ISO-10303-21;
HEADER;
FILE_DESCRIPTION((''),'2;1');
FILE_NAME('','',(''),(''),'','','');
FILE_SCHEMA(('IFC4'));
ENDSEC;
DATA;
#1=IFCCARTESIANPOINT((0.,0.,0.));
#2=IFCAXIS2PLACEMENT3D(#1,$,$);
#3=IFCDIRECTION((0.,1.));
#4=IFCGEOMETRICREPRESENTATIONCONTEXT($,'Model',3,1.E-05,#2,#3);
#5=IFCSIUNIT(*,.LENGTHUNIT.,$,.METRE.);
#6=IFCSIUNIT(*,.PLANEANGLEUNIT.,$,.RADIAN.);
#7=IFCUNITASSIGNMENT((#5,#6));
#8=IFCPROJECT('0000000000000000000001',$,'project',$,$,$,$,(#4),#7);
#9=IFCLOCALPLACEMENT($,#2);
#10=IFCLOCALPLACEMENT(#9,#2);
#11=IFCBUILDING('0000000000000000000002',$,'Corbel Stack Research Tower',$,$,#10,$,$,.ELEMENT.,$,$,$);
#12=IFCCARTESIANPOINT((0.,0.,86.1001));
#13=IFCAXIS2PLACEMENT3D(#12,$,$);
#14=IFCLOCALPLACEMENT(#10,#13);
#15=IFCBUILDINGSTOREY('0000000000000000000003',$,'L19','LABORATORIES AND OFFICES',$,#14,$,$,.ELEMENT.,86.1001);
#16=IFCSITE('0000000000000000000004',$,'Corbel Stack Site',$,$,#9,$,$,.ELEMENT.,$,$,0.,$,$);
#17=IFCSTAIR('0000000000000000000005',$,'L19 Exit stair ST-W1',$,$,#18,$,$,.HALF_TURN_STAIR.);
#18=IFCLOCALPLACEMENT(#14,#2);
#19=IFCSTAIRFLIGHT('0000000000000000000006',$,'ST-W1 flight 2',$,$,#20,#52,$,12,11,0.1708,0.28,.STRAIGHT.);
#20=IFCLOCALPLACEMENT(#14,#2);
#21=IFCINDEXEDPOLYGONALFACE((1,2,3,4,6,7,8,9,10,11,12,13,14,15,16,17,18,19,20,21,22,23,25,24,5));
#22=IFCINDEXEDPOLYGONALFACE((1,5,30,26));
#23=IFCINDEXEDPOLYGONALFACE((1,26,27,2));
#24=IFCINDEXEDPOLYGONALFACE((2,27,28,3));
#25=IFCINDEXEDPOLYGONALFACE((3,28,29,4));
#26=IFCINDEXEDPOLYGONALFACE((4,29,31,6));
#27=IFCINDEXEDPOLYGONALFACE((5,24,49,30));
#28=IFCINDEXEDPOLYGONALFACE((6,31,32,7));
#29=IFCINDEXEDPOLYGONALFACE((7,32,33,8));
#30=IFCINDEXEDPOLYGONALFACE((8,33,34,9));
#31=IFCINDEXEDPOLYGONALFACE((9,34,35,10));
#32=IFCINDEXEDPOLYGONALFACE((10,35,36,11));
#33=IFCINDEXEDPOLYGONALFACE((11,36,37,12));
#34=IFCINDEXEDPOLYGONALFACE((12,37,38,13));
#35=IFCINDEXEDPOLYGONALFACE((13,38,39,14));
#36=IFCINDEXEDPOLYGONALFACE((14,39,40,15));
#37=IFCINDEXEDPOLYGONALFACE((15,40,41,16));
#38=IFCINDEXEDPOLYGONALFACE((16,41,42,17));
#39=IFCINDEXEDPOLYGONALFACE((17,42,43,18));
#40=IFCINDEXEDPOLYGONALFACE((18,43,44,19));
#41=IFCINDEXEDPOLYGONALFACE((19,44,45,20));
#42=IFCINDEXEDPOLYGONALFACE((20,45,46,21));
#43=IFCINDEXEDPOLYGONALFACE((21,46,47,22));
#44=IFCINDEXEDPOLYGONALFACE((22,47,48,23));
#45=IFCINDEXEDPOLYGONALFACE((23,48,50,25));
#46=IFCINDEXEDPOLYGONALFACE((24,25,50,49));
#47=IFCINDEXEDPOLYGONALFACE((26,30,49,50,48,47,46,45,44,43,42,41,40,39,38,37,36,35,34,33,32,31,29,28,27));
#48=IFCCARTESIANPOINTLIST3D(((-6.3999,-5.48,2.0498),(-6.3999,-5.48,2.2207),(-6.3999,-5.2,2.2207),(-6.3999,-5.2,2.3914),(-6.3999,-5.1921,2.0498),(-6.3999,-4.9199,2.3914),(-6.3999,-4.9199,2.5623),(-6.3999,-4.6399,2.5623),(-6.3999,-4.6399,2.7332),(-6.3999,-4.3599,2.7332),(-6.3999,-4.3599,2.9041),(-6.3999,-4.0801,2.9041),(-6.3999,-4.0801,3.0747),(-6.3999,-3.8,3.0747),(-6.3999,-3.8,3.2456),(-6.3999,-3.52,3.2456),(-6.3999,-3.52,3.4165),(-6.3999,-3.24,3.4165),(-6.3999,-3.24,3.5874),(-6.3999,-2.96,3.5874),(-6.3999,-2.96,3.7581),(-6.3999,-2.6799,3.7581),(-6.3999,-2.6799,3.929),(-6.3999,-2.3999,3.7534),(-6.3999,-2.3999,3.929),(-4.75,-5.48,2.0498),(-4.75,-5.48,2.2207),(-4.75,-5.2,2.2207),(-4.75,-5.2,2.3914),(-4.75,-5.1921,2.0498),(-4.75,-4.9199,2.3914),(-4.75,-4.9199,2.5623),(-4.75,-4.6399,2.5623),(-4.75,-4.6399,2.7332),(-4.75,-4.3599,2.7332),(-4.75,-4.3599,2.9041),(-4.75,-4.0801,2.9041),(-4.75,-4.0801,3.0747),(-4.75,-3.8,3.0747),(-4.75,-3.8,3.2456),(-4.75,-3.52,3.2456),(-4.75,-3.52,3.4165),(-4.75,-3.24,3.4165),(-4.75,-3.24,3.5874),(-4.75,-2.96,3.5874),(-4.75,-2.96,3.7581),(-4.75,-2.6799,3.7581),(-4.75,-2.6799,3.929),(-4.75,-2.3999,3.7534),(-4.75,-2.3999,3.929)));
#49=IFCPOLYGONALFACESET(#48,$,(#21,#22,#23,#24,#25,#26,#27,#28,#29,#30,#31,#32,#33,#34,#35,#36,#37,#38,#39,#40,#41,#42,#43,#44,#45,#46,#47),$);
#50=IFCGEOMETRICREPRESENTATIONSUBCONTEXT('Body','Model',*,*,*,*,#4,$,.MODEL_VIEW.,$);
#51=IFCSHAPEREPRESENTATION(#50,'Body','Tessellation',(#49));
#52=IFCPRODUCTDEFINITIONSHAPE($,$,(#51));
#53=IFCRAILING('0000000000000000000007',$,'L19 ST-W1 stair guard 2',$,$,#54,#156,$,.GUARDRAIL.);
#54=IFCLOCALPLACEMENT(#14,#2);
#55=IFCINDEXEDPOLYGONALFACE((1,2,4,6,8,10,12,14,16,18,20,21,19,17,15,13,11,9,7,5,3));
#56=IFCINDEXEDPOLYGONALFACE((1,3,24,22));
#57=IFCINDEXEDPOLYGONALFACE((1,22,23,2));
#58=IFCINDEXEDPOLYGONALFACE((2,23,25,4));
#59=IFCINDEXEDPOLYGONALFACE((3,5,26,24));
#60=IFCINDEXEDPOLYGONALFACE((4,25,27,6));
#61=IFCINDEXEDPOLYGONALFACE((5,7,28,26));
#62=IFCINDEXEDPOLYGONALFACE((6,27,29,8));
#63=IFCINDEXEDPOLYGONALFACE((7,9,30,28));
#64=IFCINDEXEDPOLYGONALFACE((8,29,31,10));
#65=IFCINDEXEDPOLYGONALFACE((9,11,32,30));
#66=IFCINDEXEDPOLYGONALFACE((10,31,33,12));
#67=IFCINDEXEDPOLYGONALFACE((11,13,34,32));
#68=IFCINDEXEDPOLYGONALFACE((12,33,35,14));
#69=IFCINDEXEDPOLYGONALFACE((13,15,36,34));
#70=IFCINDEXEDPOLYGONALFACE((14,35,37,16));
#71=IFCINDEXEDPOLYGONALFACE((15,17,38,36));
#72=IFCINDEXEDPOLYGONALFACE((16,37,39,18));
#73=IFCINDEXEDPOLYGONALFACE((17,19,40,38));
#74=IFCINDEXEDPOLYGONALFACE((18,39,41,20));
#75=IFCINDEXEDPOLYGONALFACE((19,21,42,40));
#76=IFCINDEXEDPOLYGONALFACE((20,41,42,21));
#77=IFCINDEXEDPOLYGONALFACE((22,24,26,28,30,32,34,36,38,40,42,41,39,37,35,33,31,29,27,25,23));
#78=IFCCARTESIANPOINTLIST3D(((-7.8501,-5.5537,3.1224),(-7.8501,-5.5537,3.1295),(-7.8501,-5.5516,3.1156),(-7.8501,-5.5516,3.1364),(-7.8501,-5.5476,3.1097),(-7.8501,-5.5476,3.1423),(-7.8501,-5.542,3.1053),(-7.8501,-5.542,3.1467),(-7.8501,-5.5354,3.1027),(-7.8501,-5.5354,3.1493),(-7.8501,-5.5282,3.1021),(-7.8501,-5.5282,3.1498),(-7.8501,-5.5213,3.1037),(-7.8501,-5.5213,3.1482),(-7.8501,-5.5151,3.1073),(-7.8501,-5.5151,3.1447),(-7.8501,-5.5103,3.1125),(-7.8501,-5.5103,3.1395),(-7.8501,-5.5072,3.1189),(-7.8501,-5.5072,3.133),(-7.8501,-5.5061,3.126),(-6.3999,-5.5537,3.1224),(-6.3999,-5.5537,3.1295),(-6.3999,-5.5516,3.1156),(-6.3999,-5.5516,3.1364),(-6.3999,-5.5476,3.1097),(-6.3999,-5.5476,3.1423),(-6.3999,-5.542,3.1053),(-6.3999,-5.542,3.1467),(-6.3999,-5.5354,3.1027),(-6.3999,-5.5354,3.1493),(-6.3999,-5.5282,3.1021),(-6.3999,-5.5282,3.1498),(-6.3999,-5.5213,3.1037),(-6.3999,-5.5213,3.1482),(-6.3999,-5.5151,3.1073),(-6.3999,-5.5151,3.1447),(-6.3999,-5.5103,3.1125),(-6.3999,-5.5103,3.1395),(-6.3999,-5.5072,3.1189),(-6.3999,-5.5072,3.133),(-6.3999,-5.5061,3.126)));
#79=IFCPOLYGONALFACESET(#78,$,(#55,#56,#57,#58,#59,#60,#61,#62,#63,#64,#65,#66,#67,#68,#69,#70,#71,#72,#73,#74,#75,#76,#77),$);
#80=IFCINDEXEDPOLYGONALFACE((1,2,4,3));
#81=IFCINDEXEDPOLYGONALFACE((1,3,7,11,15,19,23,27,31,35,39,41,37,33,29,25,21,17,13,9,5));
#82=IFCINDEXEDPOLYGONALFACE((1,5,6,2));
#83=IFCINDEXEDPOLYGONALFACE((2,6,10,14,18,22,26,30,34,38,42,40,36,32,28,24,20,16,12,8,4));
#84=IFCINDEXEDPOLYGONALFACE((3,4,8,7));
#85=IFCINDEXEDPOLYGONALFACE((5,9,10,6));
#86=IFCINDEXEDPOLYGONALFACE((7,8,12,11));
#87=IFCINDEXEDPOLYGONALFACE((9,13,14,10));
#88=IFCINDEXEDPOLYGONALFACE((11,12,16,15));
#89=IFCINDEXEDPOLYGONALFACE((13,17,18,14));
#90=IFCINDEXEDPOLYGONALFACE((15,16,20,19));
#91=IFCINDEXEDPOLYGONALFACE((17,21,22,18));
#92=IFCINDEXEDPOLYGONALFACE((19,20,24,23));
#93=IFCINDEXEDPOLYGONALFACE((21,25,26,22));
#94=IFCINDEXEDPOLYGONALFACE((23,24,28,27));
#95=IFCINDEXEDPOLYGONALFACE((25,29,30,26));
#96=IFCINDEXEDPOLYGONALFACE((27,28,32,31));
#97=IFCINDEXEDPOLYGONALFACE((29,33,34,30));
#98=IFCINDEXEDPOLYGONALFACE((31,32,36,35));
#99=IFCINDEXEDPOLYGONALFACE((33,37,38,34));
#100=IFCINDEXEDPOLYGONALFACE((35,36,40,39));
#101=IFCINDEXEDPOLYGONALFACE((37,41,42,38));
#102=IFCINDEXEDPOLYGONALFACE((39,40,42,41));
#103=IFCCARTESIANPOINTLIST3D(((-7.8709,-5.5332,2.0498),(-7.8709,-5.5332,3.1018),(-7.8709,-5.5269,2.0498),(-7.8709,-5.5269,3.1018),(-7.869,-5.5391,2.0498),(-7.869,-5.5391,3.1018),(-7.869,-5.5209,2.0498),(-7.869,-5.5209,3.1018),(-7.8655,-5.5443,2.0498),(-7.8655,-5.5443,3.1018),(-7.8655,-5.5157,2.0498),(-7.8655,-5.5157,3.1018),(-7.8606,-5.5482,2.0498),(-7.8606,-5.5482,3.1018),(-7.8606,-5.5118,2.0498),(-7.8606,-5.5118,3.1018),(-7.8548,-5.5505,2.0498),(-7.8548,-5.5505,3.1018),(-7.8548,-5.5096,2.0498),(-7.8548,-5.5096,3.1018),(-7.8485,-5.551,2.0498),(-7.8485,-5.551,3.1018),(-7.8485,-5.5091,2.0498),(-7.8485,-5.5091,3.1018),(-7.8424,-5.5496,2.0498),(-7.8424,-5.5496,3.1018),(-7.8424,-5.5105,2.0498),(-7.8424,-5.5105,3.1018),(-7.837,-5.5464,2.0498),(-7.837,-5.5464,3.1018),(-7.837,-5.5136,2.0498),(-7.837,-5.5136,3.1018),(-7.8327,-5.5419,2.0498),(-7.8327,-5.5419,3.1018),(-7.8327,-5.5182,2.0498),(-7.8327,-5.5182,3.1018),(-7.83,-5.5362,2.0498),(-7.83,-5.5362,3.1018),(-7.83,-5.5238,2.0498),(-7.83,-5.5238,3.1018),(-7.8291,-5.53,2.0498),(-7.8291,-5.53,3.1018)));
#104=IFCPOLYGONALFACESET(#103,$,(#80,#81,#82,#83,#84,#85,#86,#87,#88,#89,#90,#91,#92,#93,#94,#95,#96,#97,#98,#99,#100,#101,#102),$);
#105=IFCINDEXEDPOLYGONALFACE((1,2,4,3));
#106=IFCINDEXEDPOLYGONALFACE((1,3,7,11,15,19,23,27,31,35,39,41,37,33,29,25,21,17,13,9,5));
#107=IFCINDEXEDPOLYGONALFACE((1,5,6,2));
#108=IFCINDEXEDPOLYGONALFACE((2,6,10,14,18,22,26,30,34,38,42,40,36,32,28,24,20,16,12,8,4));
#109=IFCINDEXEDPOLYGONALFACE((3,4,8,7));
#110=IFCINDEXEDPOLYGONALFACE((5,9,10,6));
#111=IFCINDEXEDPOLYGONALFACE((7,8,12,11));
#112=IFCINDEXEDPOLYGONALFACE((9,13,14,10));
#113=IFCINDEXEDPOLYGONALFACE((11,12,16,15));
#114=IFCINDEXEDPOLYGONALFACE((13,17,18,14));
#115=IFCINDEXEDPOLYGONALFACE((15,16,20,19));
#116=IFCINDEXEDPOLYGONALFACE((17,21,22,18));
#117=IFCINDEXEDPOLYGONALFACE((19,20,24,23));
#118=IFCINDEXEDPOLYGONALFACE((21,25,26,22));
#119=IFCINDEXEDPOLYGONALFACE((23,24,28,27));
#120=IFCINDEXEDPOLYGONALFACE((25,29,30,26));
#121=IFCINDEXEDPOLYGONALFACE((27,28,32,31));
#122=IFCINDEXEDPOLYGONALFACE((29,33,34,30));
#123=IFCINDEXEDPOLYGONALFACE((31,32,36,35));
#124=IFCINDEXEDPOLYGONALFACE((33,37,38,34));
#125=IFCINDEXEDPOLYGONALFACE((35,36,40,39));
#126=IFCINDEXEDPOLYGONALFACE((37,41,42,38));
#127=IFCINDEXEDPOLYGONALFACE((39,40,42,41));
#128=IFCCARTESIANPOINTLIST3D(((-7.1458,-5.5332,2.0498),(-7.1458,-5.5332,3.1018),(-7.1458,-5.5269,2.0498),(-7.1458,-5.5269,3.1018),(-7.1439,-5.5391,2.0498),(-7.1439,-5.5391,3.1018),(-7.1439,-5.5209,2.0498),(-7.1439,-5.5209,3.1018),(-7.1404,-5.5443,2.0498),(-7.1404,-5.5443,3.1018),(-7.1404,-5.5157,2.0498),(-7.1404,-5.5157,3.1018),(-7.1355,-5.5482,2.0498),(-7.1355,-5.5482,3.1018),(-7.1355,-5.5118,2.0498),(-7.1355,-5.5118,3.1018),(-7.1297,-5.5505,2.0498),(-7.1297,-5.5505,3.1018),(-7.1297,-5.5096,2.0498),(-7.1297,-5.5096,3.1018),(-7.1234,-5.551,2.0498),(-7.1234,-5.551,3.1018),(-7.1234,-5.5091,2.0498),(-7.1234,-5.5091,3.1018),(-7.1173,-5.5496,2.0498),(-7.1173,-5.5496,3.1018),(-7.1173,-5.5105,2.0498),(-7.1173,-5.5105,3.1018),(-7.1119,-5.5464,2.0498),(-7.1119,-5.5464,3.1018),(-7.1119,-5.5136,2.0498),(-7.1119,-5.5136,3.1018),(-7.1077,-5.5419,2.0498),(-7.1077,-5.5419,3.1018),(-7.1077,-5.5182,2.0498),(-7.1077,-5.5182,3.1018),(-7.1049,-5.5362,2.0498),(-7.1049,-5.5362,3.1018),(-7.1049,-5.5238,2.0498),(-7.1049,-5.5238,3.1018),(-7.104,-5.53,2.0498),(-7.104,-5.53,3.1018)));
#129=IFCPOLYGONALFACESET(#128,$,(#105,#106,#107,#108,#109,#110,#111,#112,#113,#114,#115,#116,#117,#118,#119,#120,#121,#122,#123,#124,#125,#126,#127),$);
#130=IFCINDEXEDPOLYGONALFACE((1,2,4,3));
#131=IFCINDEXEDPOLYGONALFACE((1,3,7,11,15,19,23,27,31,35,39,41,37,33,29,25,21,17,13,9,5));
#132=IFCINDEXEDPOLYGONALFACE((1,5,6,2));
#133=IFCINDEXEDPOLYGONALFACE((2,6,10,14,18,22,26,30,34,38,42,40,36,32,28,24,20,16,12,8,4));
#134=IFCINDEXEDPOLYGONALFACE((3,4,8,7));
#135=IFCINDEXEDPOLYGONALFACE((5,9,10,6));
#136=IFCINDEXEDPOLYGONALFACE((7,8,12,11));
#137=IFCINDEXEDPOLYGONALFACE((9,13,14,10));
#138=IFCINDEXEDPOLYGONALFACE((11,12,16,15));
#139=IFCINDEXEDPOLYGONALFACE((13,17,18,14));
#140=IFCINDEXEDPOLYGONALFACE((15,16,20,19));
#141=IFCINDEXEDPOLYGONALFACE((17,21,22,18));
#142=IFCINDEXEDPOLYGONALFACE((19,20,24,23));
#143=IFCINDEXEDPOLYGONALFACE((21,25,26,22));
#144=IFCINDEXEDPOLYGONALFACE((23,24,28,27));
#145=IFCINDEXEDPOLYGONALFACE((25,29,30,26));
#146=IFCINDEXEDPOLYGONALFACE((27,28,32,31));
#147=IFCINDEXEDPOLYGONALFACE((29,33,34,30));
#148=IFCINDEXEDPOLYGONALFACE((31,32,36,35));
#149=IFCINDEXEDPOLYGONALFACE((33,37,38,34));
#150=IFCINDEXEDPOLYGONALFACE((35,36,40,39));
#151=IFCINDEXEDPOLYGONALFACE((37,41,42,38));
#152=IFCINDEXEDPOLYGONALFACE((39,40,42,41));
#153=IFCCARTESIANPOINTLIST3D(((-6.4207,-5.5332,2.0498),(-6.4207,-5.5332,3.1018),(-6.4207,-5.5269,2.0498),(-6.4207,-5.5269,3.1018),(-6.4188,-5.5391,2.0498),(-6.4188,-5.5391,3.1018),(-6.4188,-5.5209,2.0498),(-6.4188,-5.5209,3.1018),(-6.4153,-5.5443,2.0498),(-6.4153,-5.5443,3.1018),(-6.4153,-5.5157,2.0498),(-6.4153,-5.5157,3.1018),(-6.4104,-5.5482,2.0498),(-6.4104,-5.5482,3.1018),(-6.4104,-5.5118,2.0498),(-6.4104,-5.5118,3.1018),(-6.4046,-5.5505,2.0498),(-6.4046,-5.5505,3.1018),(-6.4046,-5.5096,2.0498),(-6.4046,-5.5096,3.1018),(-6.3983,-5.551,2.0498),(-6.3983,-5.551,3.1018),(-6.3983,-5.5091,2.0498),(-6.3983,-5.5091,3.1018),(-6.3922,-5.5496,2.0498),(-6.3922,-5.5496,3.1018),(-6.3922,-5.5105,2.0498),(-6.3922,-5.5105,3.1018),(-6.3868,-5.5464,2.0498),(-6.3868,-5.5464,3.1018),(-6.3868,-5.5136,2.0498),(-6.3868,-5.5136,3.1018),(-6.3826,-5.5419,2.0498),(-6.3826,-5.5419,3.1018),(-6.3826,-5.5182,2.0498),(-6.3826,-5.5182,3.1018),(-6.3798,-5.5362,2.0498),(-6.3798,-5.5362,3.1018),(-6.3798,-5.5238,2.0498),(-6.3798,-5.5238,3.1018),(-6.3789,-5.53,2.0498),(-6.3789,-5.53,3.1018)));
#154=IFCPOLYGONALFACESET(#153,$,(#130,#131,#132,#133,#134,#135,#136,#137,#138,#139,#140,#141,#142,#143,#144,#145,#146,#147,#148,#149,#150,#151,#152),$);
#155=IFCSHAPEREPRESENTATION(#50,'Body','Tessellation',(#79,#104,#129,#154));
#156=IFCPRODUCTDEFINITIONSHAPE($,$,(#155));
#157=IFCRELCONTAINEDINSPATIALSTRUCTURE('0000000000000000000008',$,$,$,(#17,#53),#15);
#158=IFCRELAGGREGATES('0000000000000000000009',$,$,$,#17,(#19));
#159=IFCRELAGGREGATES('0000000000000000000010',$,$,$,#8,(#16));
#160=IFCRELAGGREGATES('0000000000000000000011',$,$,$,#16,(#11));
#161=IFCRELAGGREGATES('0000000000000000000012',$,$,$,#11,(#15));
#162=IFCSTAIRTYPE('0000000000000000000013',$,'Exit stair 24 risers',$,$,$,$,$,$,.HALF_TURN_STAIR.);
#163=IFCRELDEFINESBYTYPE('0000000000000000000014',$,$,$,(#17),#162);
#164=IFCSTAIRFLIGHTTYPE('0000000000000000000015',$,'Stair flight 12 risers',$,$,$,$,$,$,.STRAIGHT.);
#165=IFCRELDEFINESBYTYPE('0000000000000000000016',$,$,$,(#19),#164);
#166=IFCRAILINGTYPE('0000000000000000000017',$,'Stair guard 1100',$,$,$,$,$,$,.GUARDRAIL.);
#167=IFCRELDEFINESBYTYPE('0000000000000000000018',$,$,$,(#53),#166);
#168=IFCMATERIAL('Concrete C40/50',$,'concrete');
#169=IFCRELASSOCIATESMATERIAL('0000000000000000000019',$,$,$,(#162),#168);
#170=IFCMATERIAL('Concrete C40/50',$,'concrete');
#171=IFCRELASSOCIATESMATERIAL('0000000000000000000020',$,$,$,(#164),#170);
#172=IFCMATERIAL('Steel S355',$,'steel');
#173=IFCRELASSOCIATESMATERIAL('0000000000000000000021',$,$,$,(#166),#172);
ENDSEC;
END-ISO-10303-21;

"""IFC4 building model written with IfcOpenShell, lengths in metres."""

from ifc_helpers import new_model, si_unit, direction, frame, origin, origin_2d, place, context, subcontext, project, spatial, polyline, circle, outline, extrude, material, type_object, element, aggregate, save


model = new_model("IFC4")

# Units and contexts
model_context = context("Model", 3, precision=1e-05, world=origin(), true_north=direction((0.0, 1.0)))
body_context = subcontext(model_context, "Body", "Model", "MODEL_VIEW")
ifc_project = project(units=[si_unit("LENGTHUNIT", "METRE"), si_unit("PLANEANGLEUNIT", "RADIAN")], contexts=[model_context])

# Site, building, storey
site_placement = place(None, origin())
site = spatial("IfcSite", under=ifc_project, at=site_placement, Name="Corbel Stack Site", CompositionType="ELEMENT", RefElevation=0.0)
building_placement = place(site_placement, origin())
building = spatial("IfcBuilding", under=site, at=building_placement, Name="Corbel Stack Research Tower", CompositionType="ELEMENT")
storey_placement = place(building_placement, frame((0.0, 0.0, 86.1001)))
storey = spatial("IfcBuildingStorey", under=building, at=storey_placement, Name="L19", Description="LABORATORIES AND OFFICES", CompositionType="ELEMENT", Elevation=86.1001)

# Stair, stair flight
ifc_material_1 = material(Name="Concrete C40/50", Category="concrete")
stair_type = type_object("IfcStairType", Name="Exit stair 24 risers", PredefinedType="HALF_TURN_STAIR", material=ifc_material_1)
stair_placement = place(storey_placement, origin())
stair = element("IfcStair", 1, at=stair_placement, inside=storey, type_object=stair_type, Name="L19 Exit stair ST-W1", PredefinedType="HALF_TURN_STAIR")
ifc_material_2 = material(Name="Concrete C40/50", Category="concrete")
stair_flight_type = type_object("IfcStairFlightType", Name="Stair flight 12 risers", PredefinedType="STRAIGHT", material=ifc_material_2)
stair_flight_placement = place(storey_placement, frame((-5.575, -5.48, 2.0498), z_axis=(0.0, 0.0, 1.0), x_axis=(0.0, 1.0, 0.0)))
stair_flight = element("IfcStairFlight", 2, at=stair_flight_placement, type_object=stair_flight_type, Name="ST-W1 flight 2", NumberOfRisers=12, NumberOfTreads=11, PredefinedType="STRAIGHT", RiserHeight=0.1708, TreadLength=0.28, context=body_context, shape_type="SweptSolid", body=[
    extrude(outline(polyline([(0.0, 0.0), (0.0, 0.1709), (0.28, 0.1709), (0.28, 0.3416), (0.5601, 0.3416), (0.5601, 0.5125), (0.8401, 0.5125), (0.8401, 0.6833), (1.1201, 0.6833), (1.1201, 0.8542), (1.3999, 0.8542), (1.3999, 1.0249), (1.6799, 1.0249), (1.6799, 1.1958), (1.96, 1.1958), (1.96, 1.3667), (2.24, 1.3667), (2.24, 1.5376), (2.52, 1.5376), (2.52, 1.7083), (2.8, 1.7083), (2.8, 1.8792), (3.0801, 1.8792), (3.0801, 2.05), (3.0801, 1.7036), (0.2878, 0.0), (0.0, 0.0)])), frame((0.0, 0.825, 0.0), z_axis=(0.0, -1.0, 0.0), x_axis=(1.0, 0.0, 0.0)), (0.0, 0.0, 1.0), 1.6499),
])
aggregate(stair, [stair_flight])

# Railing
ifc_material_3 = material(Name="Steel S355", Category="steel")
railing_type_1 = type_object("IfcRailingType", Name="Stair guard 1100", PredefinedType="GUARDRAIL", material=ifc_material_3)
railing_1_placement = place(storey_placement, frame((-7.8501, -5.53, 2.0498)))
element("IfcRailing", 3, at=railing_1_placement, inside=storey, type_object=railing_type_1, Name="L19 ST-W1 stair guard 2", PredefinedType="GUARDRAIL", context=body_context, shape_type="SweptSolid", body=[
    extrude(circle(Radius=0.0239, at=origin_2d()), frame((0.0, 0.0, 1.0762), z_axis=(1.0, 0.0, 0.0), x_axis=(0.0, 1.0, 0.0)), (0.0, 0.0, 1.0), 1.4502),
    extrude(circle(Radius=0.021, at=origin_2d()), origin(), (0.0, 0.0, 1.0), 1.052),
    extrude(circle(Radius=0.021, at=origin_2d()), frame((0.7251, 0.0, 0.0)), (0.0, 0.0, 1.0), 1.052),
    extrude(circle(Radius=0.021, at=origin_2d()), frame((1.4502, 0.0, 0.0)), (0.0, 0.0, 1.0), 1.052),
])

save(model, "model.ifc")
